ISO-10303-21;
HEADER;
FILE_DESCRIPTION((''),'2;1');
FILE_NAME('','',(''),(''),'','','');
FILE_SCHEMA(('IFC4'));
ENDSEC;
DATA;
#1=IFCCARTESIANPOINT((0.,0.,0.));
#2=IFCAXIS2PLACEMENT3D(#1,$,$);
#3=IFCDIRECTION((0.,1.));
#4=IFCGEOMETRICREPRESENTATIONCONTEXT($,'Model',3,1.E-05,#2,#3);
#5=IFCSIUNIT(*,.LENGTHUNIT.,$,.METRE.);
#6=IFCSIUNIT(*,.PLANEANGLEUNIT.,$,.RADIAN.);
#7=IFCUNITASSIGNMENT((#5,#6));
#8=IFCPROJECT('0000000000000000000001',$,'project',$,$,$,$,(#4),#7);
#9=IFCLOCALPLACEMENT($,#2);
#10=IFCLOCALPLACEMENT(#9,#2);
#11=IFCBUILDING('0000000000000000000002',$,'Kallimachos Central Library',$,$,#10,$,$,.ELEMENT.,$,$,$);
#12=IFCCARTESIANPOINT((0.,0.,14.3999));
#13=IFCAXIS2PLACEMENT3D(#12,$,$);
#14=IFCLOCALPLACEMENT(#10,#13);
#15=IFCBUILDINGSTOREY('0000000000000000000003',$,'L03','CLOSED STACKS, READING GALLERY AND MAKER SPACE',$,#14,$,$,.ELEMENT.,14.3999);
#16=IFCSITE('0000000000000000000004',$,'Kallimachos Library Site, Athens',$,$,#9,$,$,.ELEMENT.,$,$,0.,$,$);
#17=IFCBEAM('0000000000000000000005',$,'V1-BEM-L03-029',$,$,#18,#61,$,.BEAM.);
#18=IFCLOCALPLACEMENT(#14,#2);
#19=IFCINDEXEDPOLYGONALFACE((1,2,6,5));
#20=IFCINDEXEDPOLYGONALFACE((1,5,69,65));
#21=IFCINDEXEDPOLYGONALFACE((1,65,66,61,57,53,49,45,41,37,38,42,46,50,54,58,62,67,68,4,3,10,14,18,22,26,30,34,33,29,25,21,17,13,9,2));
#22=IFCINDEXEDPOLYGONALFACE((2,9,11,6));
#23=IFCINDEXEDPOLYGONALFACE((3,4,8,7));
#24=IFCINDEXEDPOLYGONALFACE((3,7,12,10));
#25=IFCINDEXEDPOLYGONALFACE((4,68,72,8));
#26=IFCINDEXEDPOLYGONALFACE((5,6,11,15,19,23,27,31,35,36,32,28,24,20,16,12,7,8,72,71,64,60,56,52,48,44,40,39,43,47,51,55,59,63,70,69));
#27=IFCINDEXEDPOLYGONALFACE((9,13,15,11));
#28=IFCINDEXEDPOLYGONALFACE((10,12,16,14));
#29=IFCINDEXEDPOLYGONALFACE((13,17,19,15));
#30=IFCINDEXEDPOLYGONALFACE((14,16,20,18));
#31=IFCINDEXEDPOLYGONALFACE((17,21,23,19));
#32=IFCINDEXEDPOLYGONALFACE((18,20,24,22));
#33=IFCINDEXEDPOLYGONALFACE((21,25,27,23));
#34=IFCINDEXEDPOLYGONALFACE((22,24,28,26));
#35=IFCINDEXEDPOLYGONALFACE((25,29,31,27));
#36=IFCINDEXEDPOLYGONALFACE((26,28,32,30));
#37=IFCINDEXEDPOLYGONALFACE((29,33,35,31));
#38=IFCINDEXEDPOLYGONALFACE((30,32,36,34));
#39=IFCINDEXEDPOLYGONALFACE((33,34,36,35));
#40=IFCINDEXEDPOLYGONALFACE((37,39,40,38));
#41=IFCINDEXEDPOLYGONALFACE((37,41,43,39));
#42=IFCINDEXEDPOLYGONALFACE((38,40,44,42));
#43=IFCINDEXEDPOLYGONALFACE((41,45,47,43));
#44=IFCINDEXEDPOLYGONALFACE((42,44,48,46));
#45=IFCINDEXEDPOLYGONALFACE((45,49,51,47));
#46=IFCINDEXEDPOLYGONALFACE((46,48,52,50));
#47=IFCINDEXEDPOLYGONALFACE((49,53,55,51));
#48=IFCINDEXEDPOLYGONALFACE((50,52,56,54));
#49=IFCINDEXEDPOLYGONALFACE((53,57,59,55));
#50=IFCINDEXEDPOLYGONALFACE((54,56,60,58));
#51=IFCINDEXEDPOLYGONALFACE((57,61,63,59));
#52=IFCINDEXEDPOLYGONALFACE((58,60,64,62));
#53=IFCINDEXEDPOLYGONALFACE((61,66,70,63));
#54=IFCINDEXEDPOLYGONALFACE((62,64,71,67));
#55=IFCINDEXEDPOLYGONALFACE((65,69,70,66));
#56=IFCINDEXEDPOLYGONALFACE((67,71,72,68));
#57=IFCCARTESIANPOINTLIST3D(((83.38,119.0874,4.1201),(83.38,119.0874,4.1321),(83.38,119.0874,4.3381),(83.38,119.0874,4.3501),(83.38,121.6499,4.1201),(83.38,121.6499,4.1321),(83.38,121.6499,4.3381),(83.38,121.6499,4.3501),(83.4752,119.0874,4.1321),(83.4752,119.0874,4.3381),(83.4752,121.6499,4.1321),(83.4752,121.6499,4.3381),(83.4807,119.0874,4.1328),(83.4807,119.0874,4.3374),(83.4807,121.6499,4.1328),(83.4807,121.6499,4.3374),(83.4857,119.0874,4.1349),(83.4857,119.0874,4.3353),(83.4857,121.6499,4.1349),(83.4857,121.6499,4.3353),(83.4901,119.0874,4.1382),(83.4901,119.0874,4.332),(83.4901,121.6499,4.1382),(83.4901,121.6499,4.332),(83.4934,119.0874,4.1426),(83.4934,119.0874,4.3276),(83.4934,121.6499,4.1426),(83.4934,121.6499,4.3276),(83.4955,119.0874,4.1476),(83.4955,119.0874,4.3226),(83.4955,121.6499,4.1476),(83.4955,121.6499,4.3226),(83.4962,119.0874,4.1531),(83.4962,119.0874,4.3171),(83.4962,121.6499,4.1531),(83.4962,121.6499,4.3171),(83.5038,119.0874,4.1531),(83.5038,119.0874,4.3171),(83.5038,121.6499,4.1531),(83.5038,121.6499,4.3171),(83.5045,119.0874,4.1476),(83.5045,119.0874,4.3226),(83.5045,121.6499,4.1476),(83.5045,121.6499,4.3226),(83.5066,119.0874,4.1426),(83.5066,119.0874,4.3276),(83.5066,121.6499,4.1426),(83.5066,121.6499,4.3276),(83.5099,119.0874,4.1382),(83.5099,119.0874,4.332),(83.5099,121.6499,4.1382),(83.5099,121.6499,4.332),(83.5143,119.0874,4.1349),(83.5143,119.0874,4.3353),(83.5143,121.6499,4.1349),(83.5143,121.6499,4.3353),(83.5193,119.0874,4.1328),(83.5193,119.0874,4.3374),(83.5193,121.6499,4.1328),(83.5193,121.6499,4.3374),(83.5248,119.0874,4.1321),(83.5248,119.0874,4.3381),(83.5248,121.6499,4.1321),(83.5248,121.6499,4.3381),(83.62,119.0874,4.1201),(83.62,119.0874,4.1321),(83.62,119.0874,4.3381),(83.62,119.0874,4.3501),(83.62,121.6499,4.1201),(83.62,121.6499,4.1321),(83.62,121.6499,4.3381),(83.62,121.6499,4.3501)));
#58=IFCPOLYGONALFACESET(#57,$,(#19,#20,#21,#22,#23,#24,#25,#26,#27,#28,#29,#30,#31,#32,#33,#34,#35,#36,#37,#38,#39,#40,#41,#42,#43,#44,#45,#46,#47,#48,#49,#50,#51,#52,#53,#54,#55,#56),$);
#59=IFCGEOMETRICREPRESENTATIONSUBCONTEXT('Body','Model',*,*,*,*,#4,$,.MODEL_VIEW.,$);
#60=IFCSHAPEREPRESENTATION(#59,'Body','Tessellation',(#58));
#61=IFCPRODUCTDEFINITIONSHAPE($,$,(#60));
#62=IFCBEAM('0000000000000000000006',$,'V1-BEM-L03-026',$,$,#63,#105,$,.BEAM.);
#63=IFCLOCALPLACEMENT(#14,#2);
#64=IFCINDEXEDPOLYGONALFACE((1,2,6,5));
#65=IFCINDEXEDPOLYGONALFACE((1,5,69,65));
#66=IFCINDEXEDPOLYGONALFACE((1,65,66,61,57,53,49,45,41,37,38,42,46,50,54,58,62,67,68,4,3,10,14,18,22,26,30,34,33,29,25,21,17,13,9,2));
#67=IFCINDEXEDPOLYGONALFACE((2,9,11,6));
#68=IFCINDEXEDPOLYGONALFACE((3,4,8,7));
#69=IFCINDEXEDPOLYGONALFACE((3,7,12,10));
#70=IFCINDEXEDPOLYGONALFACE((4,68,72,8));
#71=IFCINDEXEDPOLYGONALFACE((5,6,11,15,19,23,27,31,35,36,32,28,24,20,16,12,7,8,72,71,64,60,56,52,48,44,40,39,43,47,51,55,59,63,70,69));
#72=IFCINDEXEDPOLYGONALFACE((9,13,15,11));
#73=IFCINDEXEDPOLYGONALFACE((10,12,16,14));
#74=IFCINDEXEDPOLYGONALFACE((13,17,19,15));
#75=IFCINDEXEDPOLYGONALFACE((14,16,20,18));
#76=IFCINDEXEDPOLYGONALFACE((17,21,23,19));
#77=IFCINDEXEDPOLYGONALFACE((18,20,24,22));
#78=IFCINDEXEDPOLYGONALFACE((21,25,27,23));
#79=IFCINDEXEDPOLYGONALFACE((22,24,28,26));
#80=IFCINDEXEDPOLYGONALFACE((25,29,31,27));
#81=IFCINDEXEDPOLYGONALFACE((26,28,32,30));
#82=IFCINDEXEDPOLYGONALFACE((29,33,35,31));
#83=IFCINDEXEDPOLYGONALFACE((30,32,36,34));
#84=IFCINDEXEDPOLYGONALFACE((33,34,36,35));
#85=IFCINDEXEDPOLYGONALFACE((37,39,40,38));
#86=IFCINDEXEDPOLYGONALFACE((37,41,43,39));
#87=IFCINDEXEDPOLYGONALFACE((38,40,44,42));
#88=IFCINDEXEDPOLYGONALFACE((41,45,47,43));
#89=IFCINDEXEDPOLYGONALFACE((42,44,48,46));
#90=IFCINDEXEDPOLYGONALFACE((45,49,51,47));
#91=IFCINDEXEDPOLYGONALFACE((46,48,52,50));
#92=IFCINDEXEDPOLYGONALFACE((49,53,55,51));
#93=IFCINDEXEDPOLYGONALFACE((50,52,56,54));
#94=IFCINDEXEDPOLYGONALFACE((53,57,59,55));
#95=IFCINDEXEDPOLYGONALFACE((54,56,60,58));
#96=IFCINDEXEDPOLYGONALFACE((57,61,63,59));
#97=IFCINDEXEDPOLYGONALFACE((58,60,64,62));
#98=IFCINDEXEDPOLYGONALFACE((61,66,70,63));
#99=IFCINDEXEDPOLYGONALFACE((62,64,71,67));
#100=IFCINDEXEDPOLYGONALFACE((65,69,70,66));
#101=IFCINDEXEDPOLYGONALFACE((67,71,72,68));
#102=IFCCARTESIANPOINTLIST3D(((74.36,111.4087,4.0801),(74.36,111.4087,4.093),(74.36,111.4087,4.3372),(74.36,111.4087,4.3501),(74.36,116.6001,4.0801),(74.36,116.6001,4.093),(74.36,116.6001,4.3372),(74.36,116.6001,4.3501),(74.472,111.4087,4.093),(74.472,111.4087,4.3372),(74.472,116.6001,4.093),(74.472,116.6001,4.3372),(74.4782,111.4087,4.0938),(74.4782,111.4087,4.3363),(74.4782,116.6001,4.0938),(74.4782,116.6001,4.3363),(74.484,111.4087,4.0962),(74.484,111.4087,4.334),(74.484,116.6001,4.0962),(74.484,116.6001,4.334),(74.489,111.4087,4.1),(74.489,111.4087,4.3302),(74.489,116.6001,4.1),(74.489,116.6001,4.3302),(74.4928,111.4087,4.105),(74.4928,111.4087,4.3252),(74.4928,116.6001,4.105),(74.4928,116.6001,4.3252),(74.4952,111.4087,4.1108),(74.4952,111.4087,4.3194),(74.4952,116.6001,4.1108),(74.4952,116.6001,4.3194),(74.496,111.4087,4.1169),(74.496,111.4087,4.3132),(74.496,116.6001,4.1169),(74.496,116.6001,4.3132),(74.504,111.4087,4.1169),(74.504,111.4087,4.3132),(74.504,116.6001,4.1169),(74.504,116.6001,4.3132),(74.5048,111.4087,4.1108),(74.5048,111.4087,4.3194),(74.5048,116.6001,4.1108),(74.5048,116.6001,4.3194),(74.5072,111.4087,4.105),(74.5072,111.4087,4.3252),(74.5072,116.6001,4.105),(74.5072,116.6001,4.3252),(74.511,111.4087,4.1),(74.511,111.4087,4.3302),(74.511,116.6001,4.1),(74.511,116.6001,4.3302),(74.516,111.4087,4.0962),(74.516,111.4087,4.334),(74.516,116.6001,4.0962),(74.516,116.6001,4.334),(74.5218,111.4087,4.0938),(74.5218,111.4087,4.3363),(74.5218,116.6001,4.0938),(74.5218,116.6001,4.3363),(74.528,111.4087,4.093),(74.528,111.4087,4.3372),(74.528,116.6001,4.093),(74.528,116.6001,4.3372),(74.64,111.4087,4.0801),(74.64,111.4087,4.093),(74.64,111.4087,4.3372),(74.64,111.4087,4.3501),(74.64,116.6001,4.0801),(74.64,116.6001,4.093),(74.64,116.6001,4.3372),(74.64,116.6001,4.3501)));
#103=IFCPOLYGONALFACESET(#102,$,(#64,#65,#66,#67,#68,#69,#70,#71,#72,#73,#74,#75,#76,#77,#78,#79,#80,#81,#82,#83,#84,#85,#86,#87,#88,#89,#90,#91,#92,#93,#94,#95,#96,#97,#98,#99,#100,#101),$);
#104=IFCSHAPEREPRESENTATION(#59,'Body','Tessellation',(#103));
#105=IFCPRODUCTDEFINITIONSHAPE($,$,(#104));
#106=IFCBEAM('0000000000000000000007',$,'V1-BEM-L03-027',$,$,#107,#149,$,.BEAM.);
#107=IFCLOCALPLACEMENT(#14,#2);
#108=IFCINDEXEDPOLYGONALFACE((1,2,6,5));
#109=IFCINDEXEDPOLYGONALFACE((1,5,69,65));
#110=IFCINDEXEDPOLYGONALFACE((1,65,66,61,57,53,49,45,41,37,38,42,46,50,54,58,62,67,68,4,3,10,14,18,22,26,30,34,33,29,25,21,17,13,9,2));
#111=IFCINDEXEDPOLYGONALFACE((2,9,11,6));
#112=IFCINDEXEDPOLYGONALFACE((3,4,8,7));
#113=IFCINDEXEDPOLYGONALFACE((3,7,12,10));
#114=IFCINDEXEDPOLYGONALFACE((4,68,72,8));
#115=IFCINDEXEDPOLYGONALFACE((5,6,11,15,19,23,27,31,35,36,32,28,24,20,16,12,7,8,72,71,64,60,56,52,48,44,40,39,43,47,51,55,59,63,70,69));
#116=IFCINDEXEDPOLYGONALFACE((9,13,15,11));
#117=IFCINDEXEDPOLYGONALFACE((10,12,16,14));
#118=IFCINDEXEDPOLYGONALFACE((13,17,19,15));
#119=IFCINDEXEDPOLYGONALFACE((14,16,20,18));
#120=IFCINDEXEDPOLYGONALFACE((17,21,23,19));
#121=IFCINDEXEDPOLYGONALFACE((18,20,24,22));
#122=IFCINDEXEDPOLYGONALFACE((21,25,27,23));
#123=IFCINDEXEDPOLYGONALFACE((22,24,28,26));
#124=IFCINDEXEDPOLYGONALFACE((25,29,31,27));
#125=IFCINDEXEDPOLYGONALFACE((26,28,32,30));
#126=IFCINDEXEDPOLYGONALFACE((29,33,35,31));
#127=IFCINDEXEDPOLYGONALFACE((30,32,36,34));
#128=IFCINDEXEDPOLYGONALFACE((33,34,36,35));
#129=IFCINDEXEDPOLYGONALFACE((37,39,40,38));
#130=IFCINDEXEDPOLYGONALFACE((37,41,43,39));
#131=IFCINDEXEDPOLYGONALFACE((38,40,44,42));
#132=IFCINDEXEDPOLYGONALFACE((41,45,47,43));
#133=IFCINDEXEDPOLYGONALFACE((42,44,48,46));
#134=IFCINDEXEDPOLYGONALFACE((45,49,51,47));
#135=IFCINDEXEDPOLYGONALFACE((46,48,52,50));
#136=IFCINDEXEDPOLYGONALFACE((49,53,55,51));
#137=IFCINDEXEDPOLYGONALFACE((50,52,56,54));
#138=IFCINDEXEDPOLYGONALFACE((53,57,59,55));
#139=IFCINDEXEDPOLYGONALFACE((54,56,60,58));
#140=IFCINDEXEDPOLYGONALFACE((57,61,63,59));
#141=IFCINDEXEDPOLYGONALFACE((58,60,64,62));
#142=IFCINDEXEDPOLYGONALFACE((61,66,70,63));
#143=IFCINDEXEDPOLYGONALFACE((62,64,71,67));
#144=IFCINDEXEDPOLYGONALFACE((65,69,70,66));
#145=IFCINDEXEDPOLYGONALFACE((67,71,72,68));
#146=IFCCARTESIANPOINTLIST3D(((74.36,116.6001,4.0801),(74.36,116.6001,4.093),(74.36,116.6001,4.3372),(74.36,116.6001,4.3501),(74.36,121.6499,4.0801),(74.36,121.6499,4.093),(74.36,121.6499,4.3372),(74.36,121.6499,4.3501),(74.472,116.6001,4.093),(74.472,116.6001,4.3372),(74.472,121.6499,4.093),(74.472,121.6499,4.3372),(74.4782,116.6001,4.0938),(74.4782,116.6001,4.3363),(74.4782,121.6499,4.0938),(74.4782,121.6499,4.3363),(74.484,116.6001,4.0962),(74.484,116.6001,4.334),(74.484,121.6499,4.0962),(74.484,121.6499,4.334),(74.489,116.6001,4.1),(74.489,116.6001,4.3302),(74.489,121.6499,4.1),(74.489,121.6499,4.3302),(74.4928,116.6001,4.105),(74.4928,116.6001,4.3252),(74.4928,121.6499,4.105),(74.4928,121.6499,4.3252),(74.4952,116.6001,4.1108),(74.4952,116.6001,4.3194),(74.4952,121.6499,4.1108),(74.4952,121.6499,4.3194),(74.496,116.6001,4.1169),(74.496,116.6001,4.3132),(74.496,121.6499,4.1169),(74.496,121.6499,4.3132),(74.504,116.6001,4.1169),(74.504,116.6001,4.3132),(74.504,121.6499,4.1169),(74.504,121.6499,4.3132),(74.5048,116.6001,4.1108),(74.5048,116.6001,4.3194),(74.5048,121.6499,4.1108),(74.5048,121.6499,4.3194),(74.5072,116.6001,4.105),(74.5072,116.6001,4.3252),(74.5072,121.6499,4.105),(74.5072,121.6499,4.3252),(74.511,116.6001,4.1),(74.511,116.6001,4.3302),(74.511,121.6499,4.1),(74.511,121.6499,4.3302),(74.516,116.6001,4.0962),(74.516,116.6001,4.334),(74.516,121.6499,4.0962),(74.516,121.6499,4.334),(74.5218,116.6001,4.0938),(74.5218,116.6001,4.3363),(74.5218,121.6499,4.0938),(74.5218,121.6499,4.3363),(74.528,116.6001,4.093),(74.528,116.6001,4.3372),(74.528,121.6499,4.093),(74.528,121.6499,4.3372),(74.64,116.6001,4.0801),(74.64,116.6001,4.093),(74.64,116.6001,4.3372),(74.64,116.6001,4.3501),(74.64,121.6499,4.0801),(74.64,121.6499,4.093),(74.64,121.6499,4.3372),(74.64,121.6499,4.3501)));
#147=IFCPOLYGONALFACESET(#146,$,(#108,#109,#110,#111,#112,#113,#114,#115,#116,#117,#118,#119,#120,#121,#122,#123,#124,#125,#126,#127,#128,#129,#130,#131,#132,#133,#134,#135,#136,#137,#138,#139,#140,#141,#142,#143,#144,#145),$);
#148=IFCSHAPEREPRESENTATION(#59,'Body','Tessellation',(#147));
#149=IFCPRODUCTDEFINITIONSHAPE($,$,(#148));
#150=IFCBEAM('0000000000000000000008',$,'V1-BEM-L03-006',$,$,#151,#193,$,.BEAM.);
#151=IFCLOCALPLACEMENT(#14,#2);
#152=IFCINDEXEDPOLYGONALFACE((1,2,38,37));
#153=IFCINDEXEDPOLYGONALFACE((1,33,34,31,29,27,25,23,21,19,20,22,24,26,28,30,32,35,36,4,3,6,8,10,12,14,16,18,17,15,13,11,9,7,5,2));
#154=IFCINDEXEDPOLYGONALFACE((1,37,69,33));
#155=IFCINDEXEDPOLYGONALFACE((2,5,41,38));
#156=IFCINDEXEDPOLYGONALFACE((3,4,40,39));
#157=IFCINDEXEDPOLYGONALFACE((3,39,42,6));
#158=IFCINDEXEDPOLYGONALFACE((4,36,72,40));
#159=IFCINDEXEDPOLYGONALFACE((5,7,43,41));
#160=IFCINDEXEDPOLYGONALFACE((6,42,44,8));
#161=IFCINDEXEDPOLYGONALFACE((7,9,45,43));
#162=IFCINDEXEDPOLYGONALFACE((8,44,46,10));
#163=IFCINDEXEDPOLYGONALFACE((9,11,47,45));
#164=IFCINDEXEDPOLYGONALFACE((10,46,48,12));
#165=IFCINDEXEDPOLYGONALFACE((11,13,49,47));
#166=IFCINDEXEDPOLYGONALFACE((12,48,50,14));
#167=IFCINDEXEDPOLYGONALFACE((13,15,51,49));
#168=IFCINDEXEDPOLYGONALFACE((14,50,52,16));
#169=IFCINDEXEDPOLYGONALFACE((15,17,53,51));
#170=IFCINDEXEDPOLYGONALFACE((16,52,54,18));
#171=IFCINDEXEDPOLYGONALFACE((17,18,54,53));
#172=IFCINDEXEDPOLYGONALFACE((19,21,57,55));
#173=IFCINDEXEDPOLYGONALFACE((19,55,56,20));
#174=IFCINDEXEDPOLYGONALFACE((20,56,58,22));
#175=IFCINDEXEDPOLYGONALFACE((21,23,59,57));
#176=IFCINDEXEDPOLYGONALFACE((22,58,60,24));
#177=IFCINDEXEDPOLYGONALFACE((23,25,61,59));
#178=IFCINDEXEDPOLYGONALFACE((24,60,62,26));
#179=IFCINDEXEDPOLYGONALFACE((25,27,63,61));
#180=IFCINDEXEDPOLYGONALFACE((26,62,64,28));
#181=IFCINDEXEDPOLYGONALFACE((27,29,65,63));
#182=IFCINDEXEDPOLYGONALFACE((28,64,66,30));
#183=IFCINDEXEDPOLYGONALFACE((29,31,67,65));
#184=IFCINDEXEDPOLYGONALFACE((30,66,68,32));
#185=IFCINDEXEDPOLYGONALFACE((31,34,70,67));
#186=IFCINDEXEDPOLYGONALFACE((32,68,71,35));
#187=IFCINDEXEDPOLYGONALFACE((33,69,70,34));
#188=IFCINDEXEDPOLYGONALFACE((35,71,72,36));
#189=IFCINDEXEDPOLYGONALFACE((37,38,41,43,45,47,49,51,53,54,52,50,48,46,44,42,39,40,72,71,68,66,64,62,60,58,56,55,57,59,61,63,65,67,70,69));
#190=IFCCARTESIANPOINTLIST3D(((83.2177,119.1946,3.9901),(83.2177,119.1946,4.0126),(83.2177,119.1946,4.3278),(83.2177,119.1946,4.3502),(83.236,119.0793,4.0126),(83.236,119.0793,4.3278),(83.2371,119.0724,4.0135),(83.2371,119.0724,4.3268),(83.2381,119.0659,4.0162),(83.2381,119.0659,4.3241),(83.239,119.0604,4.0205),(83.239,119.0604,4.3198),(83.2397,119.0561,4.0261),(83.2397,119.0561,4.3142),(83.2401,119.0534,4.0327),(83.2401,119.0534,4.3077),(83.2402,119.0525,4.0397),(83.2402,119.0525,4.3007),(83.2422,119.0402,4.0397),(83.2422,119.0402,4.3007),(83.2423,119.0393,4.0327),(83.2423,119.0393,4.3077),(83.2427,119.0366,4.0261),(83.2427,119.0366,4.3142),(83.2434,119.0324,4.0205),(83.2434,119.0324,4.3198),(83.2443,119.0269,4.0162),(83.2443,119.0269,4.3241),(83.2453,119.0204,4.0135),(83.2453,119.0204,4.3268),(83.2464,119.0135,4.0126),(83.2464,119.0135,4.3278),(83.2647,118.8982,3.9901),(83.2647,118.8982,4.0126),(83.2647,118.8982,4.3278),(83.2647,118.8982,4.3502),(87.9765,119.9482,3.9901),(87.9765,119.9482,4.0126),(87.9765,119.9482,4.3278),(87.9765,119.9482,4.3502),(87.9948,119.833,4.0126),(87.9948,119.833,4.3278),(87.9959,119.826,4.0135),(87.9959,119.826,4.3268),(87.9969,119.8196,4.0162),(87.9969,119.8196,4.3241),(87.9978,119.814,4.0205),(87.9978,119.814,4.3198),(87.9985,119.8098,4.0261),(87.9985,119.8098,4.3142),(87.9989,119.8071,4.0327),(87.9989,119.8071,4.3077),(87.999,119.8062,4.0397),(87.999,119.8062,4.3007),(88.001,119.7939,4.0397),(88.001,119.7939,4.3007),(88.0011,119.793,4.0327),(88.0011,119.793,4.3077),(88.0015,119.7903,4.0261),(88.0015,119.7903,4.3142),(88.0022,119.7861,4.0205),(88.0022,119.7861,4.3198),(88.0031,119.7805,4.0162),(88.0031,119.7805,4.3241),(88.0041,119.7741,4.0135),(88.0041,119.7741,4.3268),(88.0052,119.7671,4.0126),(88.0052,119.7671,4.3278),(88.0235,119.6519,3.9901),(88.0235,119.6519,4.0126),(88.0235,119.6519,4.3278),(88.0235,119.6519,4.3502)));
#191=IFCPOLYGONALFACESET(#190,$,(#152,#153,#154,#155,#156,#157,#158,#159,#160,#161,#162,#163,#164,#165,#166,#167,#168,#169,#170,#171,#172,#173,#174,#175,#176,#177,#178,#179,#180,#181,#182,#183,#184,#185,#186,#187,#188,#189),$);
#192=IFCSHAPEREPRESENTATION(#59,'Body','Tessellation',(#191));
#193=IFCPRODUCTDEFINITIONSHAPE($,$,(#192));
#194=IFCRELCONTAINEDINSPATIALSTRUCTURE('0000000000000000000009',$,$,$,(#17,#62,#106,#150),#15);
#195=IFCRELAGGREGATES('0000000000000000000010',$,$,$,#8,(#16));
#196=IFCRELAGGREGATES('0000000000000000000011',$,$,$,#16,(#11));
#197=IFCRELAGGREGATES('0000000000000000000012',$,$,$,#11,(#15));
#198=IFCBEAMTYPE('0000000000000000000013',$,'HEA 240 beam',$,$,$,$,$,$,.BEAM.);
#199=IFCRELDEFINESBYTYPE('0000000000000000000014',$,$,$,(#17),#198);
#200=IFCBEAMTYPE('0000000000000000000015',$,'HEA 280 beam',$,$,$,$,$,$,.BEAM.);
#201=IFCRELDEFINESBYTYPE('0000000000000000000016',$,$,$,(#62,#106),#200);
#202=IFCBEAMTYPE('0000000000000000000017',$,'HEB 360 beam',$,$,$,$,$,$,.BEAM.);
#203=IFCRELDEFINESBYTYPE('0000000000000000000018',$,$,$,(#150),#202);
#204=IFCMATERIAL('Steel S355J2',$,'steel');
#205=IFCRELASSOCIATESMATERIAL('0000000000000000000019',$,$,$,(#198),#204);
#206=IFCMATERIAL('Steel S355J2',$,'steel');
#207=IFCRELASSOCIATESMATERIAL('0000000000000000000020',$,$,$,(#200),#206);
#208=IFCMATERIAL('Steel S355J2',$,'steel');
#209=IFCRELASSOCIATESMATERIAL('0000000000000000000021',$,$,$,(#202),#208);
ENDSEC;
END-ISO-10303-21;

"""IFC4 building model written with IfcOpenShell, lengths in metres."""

from ifc_helpers import new_model, si_unit, direction, frame, origin, origin_2d, place, context, subcontext, project, spatial, i_section, extrude, material, material_profile, profile_set, type_object, element, save


model = new_model("IFC4")

# Units and contexts
model_context = context("Model", 3, precision=1e-05, world=origin(), true_north=direction((0.0, 1.0)))
body_context = subcontext(model_context, "Body", "Model", "MODEL_VIEW")
ifc_project = project(units=[si_unit("LENGTHUNIT", "METRE"), si_unit("PLANEANGLEUNIT", "RADIAN")], contexts=[model_context])

# Site, building, storey
site_placement = place(None, origin())
site = spatial("IfcSite", under=ifc_project, at=site_placement, Name="Kallimachos Library Site, Athens", CompositionType="ELEMENT", RefElevation=0.0)
building_placement = place(site_placement, origin())
building = spatial("IfcBuilding", under=site, at=building_placement, Name="Kallimachos Central Library", CompositionType="ELEMENT")
storey_placement = place(building_placement, frame((0.0, 0.0, 14.3999)))
storey = spatial("IfcBuildingStorey", under=building, at=storey_placement, Name="L03", Description="CLOSED STACKS, READING GALLERY AND MAKER SPACE", CompositionType="ELEMENT", Elevation=14.3999)

# Beams
ifc_material_1 = material(Name="Steel S355J2", Category="steel")
ifc_material_profile_1 = material_profile(ifc_material_1, i_section(OverallWidth=0.24, OverallDepth=0.23, WebThickness=0.0076, FlangeThickness=0.012, FilletRadius=0.021, at=origin_2d()), Name="HEA 240")
ifc_profile_set_1 = profile_set([ifc_material_profile_1], Name="Steel S355J2")
beam_type_1 = type_object("IfcBeamType", Name="HEA 240 beam", PredefinedType="BEAM", material=ifc_profile_set_1)
beam_1_placement = place(storey_placement, frame((83.5, 119.0874, 4.2351), z_axis=(0.0, 1.0, 0.0), x_axis=(-1.0, 0.0, 0.0)))
element("IfcBeam", 1, at=beam_1_placement, inside=storey, type_object=beam_type_1, Name="V1-BEM-L03-029", PredefinedType="BEAM", context=body_context, shape_type="SweptSolid", body=[
    extrude(i_section(OverallWidth=0.24, OverallDepth=0.23, WebThickness=0.0076, FlangeThickness=0.012, FilletRadius=0.021, at=origin_2d()), origin(), (0.0, 0.0, 1.0), 2.5625),
])
ifc_material_2 = material(Name="Steel S355J2", Category="steel")
ifc_material_profile_2 = material_profile(ifc_material_2, i_section(OverallWidth=0.28, OverallDepth=0.27, WebThickness=0.0081, FlangeThickness=0.0129, FilletRadius=0.0239, at=origin_2d()), Name="HEA 280")
ifc_profile_set_2 = profile_set([ifc_material_profile_2], Name="Steel S355J2")
beam_type_2 = type_object("IfcBeamType", Name="HEA 280 beam", PredefinedType="BEAM", material=ifc_profile_set_2)
beam_2_placement = place(storey_placement, frame((74.5, 111.4087, 4.2151), z_axis=(0.0, 1.0, 0.0), x_axis=(-1.0, 0.0, 0.0)))
element("IfcBeam", 2, at=beam_2_placement, inside=storey, type_object=beam_type_2, Name="V1-BEM-L03-026", PredefinedType="BEAM", context=body_context, shape_type="SweptSolid", body=[
    extrude(i_section(OverallWidth=0.28, OverallDepth=0.27, WebThickness=0.0081, FlangeThickness=0.0129, FilletRadius=0.0239, at=origin_2d()), origin(), (0.0, 0.0, 1.0), 5.1914),
])
beam_3_placement = place(storey_placement, frame((74.5, 116.6001, 4.2151), z_axis=(0.0, 1.0, 0.0), x_axis=(-1.0, 0.0, 0.0)))
element("IfcBeam", 3, at=beam_3_placement, inside=storey, type_object=beam_type_2, Name="V1-BEM-L03-027", PredefinedType="BEAM", context=body_context, shape_type="SweptSolid", body=[
    extrude(i_section(OverallWidth=0.28, OverallDepth=0.27, WebThickness=0.0081, FlangeThickness=0.0129, FilletRadius=0.0239, at=origin_2d()), origin(), (0.0, 0.0, 1.0), 5.0498),
])
ifc_material_3 = material(Name="Steel S355J2", Category="steel")
ifc_material_profile_3 = material_profile(ifc_material_3, i_section(OverallWidth=0.3, OverallDepth=0.3601, WebThickness=0.0125, FlangeThickness=0.0225, FilletRadius=0.0271, at=origin_2d()), Name="HEB 360")
ifc_profile_set_3 = profile_set([ifc_material_profile_3], Name="Steel S355J2")
beam_type_3 = type_object("IfcBeamType", Name="HEB 360 beam", PredefinedType="BEAM", material=ifc_profile_set_3)
beam_4_placement = place(storey_placement, frame((88.0, 119.8, 4.1702), z_axis=(-0.98769, -0.156423, 0.0), x_axis=(0.156423, -0.98769, 0.0)))
element("IfcBeam", 4, at=beam_4_placement, inside=storey, type_object=beam_type_3, Name="V1-BEM-L03-006", PredefinedType="BEAM", context=body_context, shape_type="SweptSolid", body=[
    extrude(i_section(OverallWidth=0.3, OverallDepth=0.3601, WebThickness=0.0125, FlangeThickness=0.0225, FilletRadius=0.0271, at=origin_2d()), origin(), (0.0, 0.0, 1.0), 4.8181),
])

save(model, "model.ifc")
